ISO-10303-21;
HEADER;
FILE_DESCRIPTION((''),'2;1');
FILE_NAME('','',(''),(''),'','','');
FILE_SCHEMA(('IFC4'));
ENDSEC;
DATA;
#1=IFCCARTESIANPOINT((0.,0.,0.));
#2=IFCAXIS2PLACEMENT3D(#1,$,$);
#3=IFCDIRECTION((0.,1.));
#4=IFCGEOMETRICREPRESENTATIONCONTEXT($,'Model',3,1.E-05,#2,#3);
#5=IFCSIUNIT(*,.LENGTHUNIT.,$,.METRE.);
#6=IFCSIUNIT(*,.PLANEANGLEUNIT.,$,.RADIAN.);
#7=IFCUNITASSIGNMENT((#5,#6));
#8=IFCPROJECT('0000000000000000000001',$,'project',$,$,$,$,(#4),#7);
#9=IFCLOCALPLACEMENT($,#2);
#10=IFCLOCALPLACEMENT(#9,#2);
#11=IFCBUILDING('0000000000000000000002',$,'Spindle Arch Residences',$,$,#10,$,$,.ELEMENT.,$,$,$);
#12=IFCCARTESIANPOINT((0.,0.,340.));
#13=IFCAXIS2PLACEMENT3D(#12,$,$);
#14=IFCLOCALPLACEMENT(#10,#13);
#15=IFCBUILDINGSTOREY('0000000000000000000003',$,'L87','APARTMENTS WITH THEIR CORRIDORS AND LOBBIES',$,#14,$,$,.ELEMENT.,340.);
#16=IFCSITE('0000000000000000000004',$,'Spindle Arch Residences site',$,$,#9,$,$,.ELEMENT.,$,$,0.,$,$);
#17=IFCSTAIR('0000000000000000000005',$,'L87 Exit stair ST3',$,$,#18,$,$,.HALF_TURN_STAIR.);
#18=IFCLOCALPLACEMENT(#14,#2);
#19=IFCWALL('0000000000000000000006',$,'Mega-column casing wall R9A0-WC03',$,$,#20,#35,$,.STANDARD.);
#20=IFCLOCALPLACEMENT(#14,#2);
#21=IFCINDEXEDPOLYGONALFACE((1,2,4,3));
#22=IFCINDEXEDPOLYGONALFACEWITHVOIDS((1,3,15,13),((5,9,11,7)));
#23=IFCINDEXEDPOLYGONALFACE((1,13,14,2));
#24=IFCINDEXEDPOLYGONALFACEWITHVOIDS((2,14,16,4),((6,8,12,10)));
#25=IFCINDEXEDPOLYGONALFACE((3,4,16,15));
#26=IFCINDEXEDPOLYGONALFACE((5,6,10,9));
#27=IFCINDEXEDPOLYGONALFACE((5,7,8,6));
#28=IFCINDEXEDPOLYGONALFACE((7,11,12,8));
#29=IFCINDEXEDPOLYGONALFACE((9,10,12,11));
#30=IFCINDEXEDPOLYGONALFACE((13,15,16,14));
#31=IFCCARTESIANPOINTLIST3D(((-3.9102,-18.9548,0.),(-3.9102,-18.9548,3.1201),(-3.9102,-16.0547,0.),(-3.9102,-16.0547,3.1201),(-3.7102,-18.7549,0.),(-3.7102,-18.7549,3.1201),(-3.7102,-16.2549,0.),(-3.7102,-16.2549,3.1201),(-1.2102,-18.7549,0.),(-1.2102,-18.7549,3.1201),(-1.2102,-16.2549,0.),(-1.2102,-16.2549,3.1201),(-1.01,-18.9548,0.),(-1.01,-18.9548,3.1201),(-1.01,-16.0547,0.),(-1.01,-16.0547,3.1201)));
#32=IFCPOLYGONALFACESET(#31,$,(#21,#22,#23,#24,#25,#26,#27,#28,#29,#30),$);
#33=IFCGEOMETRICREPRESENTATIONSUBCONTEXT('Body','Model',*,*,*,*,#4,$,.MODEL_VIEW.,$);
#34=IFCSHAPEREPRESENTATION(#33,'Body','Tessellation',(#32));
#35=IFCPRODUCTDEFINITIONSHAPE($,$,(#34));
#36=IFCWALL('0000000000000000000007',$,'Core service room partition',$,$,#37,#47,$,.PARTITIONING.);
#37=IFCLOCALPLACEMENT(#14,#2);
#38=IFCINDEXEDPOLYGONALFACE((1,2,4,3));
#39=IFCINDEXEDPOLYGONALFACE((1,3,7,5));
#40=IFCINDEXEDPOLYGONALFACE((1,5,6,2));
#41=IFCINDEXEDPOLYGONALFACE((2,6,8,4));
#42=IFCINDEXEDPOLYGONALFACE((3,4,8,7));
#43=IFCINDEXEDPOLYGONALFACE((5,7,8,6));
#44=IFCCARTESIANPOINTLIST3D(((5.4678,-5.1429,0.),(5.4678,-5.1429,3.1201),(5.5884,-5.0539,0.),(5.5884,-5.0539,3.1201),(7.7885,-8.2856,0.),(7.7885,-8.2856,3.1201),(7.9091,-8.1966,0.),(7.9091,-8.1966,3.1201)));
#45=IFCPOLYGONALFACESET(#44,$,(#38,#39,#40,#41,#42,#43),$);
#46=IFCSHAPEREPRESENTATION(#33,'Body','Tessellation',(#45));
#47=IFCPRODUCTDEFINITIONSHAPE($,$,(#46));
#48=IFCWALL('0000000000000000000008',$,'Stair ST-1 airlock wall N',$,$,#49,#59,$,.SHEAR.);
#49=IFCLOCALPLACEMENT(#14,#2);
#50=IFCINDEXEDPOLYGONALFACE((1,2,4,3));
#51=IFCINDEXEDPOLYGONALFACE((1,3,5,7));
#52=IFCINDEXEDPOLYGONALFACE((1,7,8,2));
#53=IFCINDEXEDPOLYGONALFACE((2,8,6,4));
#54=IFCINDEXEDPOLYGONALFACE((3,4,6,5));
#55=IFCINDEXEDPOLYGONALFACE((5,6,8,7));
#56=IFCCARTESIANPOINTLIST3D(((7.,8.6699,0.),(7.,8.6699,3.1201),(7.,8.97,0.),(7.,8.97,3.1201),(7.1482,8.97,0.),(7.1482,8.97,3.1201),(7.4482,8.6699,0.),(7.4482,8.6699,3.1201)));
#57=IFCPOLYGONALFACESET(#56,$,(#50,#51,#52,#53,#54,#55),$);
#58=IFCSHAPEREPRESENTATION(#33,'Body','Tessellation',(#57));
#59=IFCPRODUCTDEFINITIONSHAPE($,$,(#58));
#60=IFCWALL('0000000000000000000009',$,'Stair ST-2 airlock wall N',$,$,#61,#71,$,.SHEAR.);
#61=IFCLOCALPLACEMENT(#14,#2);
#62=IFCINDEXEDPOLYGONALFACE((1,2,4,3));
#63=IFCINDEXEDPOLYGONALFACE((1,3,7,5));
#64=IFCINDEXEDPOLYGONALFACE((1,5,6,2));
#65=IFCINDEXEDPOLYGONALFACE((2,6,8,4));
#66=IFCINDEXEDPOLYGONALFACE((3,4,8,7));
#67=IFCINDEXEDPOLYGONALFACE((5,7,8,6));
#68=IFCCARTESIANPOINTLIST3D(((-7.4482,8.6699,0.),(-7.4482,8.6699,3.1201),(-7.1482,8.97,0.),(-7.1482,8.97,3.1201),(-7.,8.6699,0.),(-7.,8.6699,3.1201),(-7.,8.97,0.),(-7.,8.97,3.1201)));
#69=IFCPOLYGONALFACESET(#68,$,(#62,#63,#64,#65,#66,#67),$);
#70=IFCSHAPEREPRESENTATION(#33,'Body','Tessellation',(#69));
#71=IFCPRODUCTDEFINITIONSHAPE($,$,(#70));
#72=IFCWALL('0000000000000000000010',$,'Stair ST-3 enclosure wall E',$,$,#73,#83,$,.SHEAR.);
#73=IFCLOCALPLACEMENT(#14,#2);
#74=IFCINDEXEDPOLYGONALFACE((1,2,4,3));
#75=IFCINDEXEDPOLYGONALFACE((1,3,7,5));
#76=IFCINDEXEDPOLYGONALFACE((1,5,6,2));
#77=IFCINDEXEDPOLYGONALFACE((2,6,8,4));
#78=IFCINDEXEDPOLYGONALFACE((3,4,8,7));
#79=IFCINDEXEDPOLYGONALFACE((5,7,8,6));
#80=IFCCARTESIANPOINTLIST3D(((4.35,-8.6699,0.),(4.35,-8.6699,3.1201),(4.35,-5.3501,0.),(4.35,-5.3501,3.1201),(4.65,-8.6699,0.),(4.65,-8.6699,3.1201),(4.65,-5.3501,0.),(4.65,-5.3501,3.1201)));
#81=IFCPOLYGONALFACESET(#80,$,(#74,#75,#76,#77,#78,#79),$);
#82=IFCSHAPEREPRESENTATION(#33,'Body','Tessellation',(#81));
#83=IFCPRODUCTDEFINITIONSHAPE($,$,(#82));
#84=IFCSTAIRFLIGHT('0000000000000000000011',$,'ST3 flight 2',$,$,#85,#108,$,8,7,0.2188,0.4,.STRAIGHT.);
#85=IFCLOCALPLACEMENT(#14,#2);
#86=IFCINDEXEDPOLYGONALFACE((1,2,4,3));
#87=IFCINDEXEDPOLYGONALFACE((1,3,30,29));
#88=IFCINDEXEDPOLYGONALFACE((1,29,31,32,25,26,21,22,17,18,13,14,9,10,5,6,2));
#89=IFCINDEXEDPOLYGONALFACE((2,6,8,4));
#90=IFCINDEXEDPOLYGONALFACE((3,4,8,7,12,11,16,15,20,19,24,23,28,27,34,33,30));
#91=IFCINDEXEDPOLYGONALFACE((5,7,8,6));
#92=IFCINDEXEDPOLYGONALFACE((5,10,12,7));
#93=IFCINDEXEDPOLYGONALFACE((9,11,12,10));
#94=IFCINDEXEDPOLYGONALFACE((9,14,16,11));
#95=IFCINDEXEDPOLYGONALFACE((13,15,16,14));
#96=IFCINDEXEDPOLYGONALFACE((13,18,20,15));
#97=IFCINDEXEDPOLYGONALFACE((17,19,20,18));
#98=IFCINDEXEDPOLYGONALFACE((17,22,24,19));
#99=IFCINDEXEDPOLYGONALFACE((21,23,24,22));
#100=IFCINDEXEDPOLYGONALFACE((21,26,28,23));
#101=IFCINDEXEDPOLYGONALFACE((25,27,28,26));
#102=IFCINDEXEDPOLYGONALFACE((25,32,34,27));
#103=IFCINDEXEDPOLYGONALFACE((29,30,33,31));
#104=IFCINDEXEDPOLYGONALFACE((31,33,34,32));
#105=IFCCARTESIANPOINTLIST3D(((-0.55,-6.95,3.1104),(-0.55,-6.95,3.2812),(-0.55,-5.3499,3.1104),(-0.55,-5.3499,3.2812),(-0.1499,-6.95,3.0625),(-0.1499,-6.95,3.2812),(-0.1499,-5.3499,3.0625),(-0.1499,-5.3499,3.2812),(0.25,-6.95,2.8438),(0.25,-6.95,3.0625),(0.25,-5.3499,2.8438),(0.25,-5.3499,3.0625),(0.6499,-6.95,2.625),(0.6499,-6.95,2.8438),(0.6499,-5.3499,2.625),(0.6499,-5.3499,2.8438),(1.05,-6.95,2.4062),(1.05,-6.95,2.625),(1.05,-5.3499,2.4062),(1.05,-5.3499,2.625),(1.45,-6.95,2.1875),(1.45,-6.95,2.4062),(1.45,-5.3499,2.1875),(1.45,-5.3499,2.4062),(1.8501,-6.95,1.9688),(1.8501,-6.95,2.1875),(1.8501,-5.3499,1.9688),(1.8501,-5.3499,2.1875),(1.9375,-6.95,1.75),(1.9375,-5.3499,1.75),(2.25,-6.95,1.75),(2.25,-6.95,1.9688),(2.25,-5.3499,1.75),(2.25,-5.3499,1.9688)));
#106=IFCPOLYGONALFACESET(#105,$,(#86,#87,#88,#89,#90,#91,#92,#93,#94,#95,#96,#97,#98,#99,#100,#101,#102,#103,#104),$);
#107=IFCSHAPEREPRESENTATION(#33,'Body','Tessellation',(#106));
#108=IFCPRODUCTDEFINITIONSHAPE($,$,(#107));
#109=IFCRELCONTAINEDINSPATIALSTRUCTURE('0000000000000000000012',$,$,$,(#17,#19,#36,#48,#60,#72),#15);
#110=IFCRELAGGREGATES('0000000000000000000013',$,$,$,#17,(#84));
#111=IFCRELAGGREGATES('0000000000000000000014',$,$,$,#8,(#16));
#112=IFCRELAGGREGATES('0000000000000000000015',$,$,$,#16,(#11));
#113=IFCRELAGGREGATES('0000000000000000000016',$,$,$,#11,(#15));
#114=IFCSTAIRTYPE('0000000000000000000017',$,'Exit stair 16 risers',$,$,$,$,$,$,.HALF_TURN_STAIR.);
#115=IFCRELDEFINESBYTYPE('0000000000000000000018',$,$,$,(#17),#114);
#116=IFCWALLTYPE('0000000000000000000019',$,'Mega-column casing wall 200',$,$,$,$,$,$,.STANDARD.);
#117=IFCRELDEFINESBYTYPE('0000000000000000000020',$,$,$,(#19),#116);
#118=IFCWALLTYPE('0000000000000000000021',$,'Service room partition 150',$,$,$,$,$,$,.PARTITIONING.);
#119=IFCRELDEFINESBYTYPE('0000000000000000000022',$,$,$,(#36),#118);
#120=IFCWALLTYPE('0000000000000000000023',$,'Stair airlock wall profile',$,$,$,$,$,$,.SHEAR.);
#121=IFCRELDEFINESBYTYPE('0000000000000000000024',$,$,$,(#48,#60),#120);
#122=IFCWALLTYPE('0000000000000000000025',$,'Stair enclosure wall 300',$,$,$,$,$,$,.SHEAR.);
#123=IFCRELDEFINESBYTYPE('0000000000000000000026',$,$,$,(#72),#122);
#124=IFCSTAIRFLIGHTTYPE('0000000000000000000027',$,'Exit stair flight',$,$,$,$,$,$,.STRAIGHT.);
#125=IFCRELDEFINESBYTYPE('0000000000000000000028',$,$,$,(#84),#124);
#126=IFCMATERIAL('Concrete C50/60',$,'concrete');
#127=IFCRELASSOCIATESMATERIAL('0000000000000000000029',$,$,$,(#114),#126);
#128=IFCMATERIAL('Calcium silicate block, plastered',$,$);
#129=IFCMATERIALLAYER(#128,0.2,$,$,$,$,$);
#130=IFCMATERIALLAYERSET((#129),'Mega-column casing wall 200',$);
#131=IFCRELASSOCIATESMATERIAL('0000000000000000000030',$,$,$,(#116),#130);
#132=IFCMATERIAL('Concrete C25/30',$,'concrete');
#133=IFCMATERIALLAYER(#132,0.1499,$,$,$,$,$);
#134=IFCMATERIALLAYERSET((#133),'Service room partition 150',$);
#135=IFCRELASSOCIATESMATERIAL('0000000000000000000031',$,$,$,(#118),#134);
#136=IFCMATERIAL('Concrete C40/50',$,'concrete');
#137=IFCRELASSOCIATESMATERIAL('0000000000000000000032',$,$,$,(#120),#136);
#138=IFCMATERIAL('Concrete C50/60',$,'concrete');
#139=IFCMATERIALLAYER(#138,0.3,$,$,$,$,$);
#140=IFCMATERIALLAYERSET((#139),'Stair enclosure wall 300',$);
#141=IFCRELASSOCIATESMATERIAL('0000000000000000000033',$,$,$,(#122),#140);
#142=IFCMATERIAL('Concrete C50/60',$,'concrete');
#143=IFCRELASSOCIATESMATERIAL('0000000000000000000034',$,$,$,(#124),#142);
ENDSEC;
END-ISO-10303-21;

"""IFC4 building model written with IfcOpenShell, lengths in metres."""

from ifc_helpers import new_model, si_unit, direction, frame, frame_2d, origin, place, context, subcontext, project, spatial, polyline, rectangle, outline, extrude, material, layer, layer_set, type_object, element, aggregate, save


model = new_model("IFC4")

# Units and contexts
model_context = context("Model", 3, precision=1e-05, world=origin(), true_north=direction((0.0, 1.0)))
body_context = subcontext(model_context, "Body", "Model", "MODEL_VIEW")
ifc_project = project(units=[si_unit("LENGTHUNIT", "METRE"), si_unit("PLANEANGLEUNIT", "RADIAN")], contexts=[model_context])

# Site, building, storey
site_placement = place(None, origin())
site = spatial("IfcSite", under=ifc_project, at=site_placement, Name="Spindle Arch Residences site", CompositionType="ELEMENT", RefElevation=0.0)
building_placement = place(site_placement, origin())
building = spatial("IfcBuilding", under=site, at=building_placement, Name="Spindle Arch Residences", CompositionType="ELEMENT")
storey_placement = place(building_placement, frame((0.0, 0.0, 340.0)))
storey = spatial("IfcBuildingStorey", under=building, at=storey_placement, Name="L87", Description="APARTMENTS WITH THEIR CORRIDORS AND LOBBIES", CompositionType="ELEMENT", Elevation=340.0)

# Stair
ifc_material_1 = material(Name="Concrete C50/60", Category="concrete")
stair_type = type_object("IfcStairType", Name="Exit stair 16 risers", PredefinedType="HALF_TURN_STAIR", material=ifc_material_1)
stair_1_placement = place(storey_placement, origin())
stair_1 = element("IfcStair", 1, at=stair_1_placement, inside=storey, type_object=stair_type, Name="L87 Exit stair ST3", PredefinedType="HALF_TURN_STAIR")

# Walls
ifc_material_2 = material(Name="Calcium silicate block, plastered")
ifc_layer_1 = layer(ifc_material_2, 0.2)
ifc_layer_set_1 = layer_set([ifc_layer_1], Name="Mega-column casing wall 200")
wall_type_1 = type_object("IfcWallType", Name="Mega-column casing wall 200", PredefinedType="STANDARD", material=ifc_layer_set_1)
wall_1_placement = place(storey_placement, origin())
element("IfcWall", 2, at=wall_1_placement, inside=storey, type_object=wall_type_1, Name="Mega-column casing wall R9A0-WC03", PredefinedType="STANDARD", context=body_context, shape_type="SweptSolid", body=[
    extrude(outline(polyline([(-1.01, -16.0547), (-1.01, -18.9548), (-3.9102, -18.9548), (-3.9102, -16.0547), (-1.01, -16.0547)]), holes=[polyline([(-3.7102, -18.7549), (-1.2102, -18.7549), (-1.2102, -16.2549), (-3.7102, -16.2549), (-3.7102, -18.7549)])]), origin(), (0.0, 0.0, 1.0), 3.1201),
])
ifc_material_3 = material(Name="Concrete C25/30", Category="concrete")
ifc_layer_2 = layer(ifc_material_3, 0.1499)
ifc_layer_set_2 = layer_set([ifc_layer_2], Name="Service room partition 150")
wall_type_2 = type_object("IfcWallType", Name="Service room partition 150", PredefinedType="PARTITIONING", material=ifc_layer_set_2)
wall_2_placement = place(storey_placement, frame((5.5281, -5.0984, 0.0), z_axis=(0.0, 0.0, 1.0), x_axis=(0.594034, -0.80444, 0.0)))
element("IfcWall", 3, at=wall_2_placement, inside=storey, type_object=wall_type_2, Name="Core service room partition", PredefinedType="PARTITIONING", context=body_context, shape_type="SweptSolid", body=[
    extrude(rectangle(XDim=3.9067, YDim=0.1499, at=frame_2d((1.9534, 0.0))), origin(), (0.0, 0.0, 1.0), 3.1201),
])
ifc_material_4 = material(Name="Concrete C40/50", Category="concrete")
wall_type_3 = type_object("IfcWallType", Name="Stair airlock wall profile", PredefinedType="SHEAR", material=ifc_material_4)
wall_3_placement = place(storey_placement, origin())
element("IfcWall", 4, at=wall_3_placement, inside=storey, type_object=wall_type_3, Name="Stair ST-1 airlock wall N", PredefinedType="SHEAR", context=body_context, shape_type="SweptSolid", body=[
    extrude(outline(polyline([(7.4482, 8.6699), (7.0, 8.6699), (7.0, 8.97), (7.1482, 8.97), (7.4482, 8.6699)])), origin(), (0.0, 0.0, 1.0), 3.1201),
])
wall_4_placement = place(storey_placement, origin())
element("IfcWall", 5, at=wall_4_placement, inside=storey, type_object=wall_type_3, Name="Stair ST-2 airlock wall N", PredefinedType="SHEAR", context=body_context, shape_type="SweptSolid", body=[
    extrude(outline(polyline([(-7.1482, 8.97), (-7.0, 8.97), (-7.0, 8.6699), (-7.4482, 8.6699), (-7.1482, 8.97)])), origin(), (0.0, 0.0, 1.0), 3.1201),
])
ifc_material_5 = material(Name="Concrete C50/60", Category="concrete")
ifc_layer_3 = layer(ifc_material_5, 0.3)
ifc_layer_set_3 = layer_set([ifc_layer_3], Name="Stair enclosure wall 300")
wall_type_4 = type_object("IfcWallType", Name="Stair enclosure wall 300", PredefinedType="SHEAR", material=ifc_layer_set_3)
wall_5_placement = place(storey_placement, frame((4.5, -8.6699, 0.0), z_axis=(0.0, 0.0, 1.0), x_axis=(0.0, 1.0, 0.0)))
element("IfcWall", 6, at=wall_5_placement, inside=storey, type_object=wall_type_4, Name="Stair ST-3 enclosure wall E", PredefinedType="SHEAR", context=body_context, shape_type="SweptSolid", body=[
    extrude(rectangle(XDim=3.3198, YDim=0.3, at=frame_2d((1.6599, 0.0))), origin(), (0.0, 0.0, 1.0), 3.1201),
])

# Stair flight
ifc_material_6 = material(Name="Concrete C50/60", Category="concrete")
stair_flight_type = type_object("IfcStairFlightType", Name="Exit stair flight", PredefinedType="STRAIGHT", material=ifc_material_6)
stair_flight_placement = place(storey_placement, frame((2.25, -6.1499, 1.75), z_axis=(0.0, 0.0, 1.0), x_axis=(-1.0, 0.0, 0.0)))
stair_flight = element("IfcStairFlight", 7, at=stair_flight_placement, type_object=stair_flight_type, Name="ST3 flight 2", NumberOfRisers=8, NumberOfTreads=7, PredefinedType="STRAIGHT", RiserHeight=0.2188, TreadLength=0.4, context=body_context, shape_type="SweptSolid", body=[
    extrude(outline(polyline([(0.0, 0.0), (0.0, 0.2188), (0.3999, 0.2188), (0.3999, 0.4375), (0.8, 0.4375), (0.8, 0.6562), (1.2, 0.6562), (1.2, 0.875), (1.6001, 0.875), (1.6001, 1.0938), (2.0, 1.0938), (2.0, 1.3125), (2.3999, 1.3125), (2.3999, 1.5312), (2.8, 1.5312), (2.8, 1.75), (2.8, 1.3604), (0.3125, 0.0), (0.0, 0.0)])), frame((0.0, 0.8, 0.0), z_axis=(0.0, -1.0, 0.0), x_axis=(1.0, 0.0, 0.0)), (0.0, 0.0, 1.0), 1.6001),
])
aggregate(stair_1, [stair_flight])

save(model, "model.ifc")
